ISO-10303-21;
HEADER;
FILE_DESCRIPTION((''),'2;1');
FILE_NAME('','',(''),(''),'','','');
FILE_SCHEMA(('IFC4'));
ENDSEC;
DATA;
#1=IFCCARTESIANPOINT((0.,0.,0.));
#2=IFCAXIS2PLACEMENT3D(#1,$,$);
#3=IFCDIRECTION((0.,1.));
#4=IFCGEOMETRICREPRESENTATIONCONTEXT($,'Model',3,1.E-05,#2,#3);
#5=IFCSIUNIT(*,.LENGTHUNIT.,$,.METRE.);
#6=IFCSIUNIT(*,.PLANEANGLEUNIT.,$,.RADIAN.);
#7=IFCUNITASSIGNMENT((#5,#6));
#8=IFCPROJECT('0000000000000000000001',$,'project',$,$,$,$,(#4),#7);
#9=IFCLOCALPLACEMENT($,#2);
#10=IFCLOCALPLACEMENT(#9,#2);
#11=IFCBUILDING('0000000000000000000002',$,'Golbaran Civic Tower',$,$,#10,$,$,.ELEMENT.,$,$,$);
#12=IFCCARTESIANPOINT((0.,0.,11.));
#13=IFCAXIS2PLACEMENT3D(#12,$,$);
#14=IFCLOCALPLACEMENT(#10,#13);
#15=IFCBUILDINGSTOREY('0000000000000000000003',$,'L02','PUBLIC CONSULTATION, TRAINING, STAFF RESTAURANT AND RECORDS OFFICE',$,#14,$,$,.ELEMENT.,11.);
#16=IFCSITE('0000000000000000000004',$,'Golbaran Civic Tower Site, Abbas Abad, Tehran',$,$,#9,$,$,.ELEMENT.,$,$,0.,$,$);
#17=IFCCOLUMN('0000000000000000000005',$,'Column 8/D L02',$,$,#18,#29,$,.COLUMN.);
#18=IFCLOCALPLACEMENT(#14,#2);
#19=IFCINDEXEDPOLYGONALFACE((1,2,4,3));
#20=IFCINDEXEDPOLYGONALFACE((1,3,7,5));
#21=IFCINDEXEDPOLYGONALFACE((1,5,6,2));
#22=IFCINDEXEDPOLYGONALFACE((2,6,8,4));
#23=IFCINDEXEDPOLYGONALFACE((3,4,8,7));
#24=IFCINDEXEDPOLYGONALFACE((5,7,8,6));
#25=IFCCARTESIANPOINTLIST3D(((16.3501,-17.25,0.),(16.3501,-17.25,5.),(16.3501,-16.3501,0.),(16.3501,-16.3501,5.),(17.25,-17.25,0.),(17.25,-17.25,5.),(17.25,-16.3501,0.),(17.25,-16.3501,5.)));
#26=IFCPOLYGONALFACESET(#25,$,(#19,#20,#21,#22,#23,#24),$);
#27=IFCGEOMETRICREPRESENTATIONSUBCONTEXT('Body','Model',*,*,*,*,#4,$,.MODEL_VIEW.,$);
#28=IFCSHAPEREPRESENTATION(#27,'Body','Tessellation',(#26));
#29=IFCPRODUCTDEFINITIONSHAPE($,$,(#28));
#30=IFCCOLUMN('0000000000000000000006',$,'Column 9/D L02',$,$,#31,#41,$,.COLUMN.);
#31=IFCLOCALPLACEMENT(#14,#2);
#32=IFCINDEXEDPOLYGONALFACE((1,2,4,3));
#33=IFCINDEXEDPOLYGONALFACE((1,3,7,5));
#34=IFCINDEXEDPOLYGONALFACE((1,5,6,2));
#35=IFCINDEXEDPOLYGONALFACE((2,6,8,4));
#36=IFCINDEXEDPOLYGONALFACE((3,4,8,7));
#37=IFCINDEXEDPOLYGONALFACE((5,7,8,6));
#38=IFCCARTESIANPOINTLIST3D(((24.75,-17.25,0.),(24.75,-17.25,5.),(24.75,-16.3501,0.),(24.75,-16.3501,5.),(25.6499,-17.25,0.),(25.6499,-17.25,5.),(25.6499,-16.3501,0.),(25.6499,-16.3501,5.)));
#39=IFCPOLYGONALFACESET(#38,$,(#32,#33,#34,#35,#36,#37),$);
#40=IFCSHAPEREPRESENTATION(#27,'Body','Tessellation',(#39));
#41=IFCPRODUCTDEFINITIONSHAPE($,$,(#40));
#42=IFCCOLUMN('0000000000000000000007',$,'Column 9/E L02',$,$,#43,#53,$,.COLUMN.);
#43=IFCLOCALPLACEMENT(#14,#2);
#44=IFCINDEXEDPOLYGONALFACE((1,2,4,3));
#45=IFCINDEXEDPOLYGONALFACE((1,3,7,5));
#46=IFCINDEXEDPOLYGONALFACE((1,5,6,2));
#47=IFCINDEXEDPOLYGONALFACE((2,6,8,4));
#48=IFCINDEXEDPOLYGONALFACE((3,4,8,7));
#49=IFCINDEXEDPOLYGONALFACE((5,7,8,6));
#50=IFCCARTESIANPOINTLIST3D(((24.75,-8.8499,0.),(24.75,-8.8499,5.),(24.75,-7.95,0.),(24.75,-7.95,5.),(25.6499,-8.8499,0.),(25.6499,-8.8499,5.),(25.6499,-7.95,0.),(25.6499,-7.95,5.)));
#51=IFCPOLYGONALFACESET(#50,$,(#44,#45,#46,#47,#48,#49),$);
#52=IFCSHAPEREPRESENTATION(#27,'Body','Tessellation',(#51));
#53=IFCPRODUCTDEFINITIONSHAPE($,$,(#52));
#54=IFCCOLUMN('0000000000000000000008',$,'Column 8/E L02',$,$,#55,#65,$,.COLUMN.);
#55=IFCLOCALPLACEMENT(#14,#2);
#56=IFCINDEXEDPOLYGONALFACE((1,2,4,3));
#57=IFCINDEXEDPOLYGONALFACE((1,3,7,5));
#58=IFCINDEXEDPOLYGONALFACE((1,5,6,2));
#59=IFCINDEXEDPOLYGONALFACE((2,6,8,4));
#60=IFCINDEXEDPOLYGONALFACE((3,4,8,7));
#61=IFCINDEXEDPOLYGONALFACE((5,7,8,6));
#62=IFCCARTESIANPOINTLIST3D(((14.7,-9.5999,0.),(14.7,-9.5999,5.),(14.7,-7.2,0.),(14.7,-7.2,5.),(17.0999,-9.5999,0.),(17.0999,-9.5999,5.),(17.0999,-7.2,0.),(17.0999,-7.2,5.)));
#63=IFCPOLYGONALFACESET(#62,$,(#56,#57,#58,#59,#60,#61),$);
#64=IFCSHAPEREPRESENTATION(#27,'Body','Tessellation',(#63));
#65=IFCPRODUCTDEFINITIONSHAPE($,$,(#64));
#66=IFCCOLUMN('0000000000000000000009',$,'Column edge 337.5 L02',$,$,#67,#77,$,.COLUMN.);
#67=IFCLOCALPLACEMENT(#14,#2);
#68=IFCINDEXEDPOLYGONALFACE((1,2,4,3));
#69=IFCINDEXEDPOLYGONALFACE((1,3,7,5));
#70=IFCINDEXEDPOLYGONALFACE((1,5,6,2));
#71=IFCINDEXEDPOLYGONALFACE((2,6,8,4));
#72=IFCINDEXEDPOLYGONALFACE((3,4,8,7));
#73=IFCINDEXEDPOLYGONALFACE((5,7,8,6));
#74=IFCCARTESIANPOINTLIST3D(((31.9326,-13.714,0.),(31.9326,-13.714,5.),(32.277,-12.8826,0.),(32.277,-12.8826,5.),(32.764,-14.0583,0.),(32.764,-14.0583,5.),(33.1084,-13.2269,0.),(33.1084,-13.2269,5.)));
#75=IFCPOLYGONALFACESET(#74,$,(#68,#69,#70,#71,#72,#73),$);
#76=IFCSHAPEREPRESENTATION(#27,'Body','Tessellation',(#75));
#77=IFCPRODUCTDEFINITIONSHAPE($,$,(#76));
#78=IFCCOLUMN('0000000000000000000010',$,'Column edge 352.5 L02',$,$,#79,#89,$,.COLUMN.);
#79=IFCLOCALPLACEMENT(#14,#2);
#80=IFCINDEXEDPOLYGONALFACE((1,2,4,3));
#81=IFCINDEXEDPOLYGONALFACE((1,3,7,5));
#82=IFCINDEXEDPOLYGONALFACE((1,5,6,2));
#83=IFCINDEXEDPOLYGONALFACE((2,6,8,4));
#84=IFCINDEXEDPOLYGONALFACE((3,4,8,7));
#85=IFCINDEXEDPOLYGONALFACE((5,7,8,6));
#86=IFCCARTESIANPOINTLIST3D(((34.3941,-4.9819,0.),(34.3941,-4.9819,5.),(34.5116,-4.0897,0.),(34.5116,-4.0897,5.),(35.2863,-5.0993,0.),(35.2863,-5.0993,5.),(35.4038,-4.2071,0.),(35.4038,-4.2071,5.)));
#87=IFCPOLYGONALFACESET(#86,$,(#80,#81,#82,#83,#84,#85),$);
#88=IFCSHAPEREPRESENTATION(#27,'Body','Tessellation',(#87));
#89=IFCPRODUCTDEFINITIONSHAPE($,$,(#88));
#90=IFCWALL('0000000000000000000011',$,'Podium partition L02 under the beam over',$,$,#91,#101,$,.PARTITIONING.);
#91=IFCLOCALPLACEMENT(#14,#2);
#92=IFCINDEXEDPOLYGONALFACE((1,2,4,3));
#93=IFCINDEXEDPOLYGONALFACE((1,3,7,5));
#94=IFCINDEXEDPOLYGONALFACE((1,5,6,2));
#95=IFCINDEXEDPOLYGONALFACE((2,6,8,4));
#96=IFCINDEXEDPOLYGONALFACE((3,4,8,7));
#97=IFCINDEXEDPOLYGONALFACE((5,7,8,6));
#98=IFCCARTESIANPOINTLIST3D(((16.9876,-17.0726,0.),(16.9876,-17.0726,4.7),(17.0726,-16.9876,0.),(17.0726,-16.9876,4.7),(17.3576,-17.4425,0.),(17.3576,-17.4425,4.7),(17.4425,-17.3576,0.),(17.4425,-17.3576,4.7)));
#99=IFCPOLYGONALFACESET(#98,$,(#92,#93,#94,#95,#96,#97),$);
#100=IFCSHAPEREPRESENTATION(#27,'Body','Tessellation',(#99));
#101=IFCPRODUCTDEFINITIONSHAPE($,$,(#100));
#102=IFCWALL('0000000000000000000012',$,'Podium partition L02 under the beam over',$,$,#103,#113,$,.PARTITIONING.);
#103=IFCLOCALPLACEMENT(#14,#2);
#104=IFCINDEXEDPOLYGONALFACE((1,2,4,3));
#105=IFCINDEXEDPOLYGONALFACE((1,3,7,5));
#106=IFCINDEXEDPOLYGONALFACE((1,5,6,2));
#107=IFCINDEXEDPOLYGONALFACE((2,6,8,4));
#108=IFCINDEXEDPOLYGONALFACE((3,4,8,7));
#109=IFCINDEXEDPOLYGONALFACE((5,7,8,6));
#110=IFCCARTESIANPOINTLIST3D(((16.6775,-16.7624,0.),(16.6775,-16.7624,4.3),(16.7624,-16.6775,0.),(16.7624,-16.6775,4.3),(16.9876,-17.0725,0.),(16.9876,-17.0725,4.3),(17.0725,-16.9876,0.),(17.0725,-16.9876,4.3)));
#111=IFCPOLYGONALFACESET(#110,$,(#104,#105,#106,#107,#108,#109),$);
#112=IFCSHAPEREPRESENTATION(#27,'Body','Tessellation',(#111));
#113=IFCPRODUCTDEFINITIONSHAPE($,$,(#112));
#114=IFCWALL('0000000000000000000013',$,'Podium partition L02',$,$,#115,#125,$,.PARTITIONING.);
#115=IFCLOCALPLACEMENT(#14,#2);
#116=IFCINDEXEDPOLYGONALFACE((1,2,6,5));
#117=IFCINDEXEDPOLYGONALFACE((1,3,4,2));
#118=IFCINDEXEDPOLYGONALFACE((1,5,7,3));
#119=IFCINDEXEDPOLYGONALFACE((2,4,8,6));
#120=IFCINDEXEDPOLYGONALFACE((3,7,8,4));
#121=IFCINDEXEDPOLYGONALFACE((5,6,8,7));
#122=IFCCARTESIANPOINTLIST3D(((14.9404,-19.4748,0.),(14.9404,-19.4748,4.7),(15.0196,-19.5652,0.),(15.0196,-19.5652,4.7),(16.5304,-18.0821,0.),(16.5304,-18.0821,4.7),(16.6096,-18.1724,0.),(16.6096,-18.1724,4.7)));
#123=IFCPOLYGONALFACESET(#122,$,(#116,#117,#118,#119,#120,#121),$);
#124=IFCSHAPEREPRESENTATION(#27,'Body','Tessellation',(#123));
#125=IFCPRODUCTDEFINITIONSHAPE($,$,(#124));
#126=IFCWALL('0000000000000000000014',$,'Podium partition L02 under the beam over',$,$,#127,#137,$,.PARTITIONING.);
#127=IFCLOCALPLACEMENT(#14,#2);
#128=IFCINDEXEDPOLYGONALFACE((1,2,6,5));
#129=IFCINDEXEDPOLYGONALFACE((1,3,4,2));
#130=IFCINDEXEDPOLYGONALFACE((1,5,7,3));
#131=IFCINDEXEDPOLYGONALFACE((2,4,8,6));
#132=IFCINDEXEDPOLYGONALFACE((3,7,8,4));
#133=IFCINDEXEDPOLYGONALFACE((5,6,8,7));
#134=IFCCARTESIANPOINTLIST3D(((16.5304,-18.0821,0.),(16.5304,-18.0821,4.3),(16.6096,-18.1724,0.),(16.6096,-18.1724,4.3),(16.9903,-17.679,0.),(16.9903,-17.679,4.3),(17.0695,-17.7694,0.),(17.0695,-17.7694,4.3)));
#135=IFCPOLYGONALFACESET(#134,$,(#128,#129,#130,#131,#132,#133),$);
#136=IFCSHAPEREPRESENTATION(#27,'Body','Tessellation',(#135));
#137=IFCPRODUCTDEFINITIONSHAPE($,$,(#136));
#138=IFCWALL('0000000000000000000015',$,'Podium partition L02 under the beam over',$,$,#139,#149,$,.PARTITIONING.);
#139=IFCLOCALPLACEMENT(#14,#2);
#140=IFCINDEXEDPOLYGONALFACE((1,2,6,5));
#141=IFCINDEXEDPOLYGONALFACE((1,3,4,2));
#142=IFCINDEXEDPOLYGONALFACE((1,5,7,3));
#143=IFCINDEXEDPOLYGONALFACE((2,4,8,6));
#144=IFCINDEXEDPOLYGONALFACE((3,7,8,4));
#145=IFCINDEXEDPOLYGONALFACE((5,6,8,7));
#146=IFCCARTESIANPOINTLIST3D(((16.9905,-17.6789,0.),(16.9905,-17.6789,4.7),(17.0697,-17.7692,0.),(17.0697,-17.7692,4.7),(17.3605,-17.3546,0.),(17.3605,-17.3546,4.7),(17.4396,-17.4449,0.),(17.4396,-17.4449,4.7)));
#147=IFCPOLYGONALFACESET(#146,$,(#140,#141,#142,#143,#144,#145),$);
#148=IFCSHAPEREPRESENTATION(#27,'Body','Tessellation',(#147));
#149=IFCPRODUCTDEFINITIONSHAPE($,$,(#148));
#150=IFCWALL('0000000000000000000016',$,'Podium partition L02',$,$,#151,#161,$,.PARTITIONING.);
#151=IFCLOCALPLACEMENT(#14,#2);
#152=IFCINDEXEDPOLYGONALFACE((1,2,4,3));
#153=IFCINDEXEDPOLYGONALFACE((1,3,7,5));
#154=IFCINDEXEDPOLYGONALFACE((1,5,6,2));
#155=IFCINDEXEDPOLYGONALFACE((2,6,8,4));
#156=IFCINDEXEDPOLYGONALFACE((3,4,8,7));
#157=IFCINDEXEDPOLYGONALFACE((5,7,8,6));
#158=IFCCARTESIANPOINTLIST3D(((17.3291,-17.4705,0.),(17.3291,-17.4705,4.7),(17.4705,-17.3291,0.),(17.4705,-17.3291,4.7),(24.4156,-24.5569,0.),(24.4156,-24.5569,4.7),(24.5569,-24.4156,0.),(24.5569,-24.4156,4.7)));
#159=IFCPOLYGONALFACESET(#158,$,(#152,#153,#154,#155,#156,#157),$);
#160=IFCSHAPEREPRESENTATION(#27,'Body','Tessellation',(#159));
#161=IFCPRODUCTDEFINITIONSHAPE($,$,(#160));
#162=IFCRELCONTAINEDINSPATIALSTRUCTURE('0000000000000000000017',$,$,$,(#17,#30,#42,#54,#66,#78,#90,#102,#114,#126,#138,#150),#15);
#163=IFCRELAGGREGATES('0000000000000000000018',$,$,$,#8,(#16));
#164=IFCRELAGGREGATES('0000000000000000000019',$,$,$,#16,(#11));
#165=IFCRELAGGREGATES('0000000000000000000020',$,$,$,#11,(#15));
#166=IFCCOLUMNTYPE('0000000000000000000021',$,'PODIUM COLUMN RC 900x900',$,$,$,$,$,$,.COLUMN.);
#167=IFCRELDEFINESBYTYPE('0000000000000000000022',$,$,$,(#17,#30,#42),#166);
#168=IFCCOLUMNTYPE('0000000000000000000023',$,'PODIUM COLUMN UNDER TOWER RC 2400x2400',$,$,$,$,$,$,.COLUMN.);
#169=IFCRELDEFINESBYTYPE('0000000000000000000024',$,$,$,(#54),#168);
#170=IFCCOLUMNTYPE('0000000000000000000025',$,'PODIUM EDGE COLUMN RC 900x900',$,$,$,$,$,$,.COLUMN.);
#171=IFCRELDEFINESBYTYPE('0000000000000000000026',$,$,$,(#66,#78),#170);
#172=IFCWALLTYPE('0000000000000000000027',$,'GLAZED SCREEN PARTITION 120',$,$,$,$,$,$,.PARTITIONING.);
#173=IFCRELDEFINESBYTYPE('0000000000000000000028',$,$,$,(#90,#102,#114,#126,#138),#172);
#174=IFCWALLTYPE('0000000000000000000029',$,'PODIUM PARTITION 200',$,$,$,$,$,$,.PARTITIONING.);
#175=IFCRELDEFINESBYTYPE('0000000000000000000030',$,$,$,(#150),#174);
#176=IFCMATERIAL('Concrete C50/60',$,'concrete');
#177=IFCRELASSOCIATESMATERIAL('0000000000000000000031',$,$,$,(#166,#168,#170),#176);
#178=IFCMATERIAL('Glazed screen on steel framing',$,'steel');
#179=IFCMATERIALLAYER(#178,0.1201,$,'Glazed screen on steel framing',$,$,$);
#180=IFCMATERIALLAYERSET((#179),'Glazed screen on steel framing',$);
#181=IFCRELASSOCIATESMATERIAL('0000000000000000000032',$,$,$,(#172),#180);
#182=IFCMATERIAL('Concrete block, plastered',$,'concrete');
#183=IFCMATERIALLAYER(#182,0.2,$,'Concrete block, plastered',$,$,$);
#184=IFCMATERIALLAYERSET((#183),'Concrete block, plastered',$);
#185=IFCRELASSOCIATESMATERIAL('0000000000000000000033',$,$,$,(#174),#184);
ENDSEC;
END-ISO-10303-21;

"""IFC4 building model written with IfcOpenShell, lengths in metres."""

from ifc_helpers import new_model, si_unit, direction, frame, frame_2d, origin, origin_2d, place, context, subcontext, project, spatial, rectangle, extrude, material, layer, layer_set, material_profile, profile_set, type_object, element, save


model = new_model("IFC4")

# Units and contexts
model_context = context("Model", 3, precision=1e-05, world=origin(), true_north=direction((0.0, 1.0)))
body_context = subcontext(model_context, "Body", "Model", "MODEL_VIEW")
ifc_project = project(units=[si_unit("LENGTHUNIT", "METRE"), si_unit("PLANEANGLEUNIT", "RADIAN")], contexts=[model_context])

# Site, building, storey
site_placement = place(None, origin())
site = spatial("IfcSite", under=ifc_project, at=site_placement, Name="Golbaran Civic Tower Site, Abbas Abad, Tehran", CompositionType="ELEMENT", RefElevation=0.0)
building_placement = place(site_placement, origin())
building = spatial("IfcBuilding", under=site, at=building_placement, Name="Golbaran Civic Tower", CompositionType="ELEMENT")
storey_placement = place(building_placement, frame((0.0, 0.0, 11.0)))
storey = spatial("IfcBuildingStorey", under=building, at=storey_placement, Name="L02", Description="PUBLIC CONSULTATION, TRAINING, STAFF RESTAURANT AND RECORDS OFFICE", CompositionType="ELEMENT", Elevation=11.0)

# Columns
ifc_material_1 = material(Name="Concrete C50/60", Category="concrete")
ifc_material_profile_1 = material_profile(ifc_material_1, rectangle(XDim=0.8999, YDim=0.8999, at=origin_2d()), Name="RC 900x900")
ifc_profile_set_1 = profile_set([ifc_material_profile_1], Name="Concrete C50/60")
column_type_1 = type_object("IfcColumnType", Name="PODIUM COLUMN RC 900x900", PredefinedType="COLUMN", material=ifc_profile_set_1)
for number, where, z_axis, x_axis, name in (
    (1, (16.8, -16.8, 0.0), (0.0, 0.0, 1.0), (1.0, 0.0, 0.0), "Column 8/D L02"),
    (2, (25.2, -16.8, 0.0), (0.0, 0.0, 1.0), (1.0, 0.0, 0.0), "Column 9/D L02"),
    (3, (25.2, -8.3999, 0.0), (0.0, 0.0, 1.0), (1.0, 0.0, 0.0), "Column 9/E L02"),
):
    element("IfcColumn", number, at=place(storey_placement, frame(where, z_axis=z_axis, x_axis=x_axis)), inside=storey, type_object=column_type_1, Name=name, PredefinedType="COLUMN", context=body_context, shape_type="SweptSolid", body=[
        extrude(rectangle(XDim=0.8999, YDim=0.8999, at=origin_2d()), origin(), (0.0, 0.0, 1.0), 5.0),
    ])
ifc_material_profile_2 = material_profile(ifc_material_1, rectangle(XDim=2.3999, YDim=2.3999, at=origin_2d()), Name="RC 2400x2400")
ifc_profile_set_2 = profile_set([ifc_material_profile_2], Name="Concrete C50/60")
column_type_2 = type_object("IfcColumnType", Name="PODIUM COLUMN UNDER TOWER RC 2400x2400", PredefinedType="COLUMN", material=ifc_profile_set_2)
column_placement = place(storey_placement, frame((15.8999, -8.3999, 0.0), z_axis=(0.0, 0.0, 1.0), x_axis=(1.0, 0.0, 0.0)))
element("IfcColumn", 4, at=column_placement, inside=storey, type_object=column_type_2, Name="Column 8/E L02", PredefinedType="COLUMN", context=body_context, shape_type="SweptSolid", body=[
    extrude(rectangle(XDim=2.3999, YDim=2.3999, at=origin_2d()), origin(), (0.0, 0.0, 1.0), 5.0),
])
ifc_material_profile_3 = material_profile(ifc_material_1, rectangle(XDim=0.8999, YDim=0.8999, at=origin_2d()), Name="RC 900x900")
ifc_profile_set_3 = profile_set([ifc_material_profile_3], Name="Concrete C50/60")
column_type_3 = type_object("IfcColumnType", Name="PODIUM EDGE COLUMN RC 900x900", PredefinedType="COLUMN", material=ifc_profile_set_3)
for number, where, z_axis, x_axis, name in (
    (5, (32.5205, -13.4705, 0.0), (0.0, 0.0, 1.0), (0.92388, -0.382683, 0.0), "Column edge 337.5 L02"),
    (6, (34.8989, -4.5945, 0.0), (0.0, 0.0, 1.0), (0.991445, -0.130526, 0.0), "Column edge 352.5 L02"),
):
    element("IfcColumn", number, at=place(storey_placement, frame(where, z_axis=z_axis, x_axis=x_axis)), inside=storey, type_object=column_type_3, Name=name, PredefinedType="COLUMN", context=body_context, shape_type="SweptSolid", body=[
        extrude(rectangle(XDim=0.8999, YDim=0.8999, at=origin_2d()), origin(), (0.0, 0.0, 1.0), 5.0),
    ])

# Walls
ifc_material_2 = material(Name="Glazed screen on steel framing", Category="steel")
ifc_layer_1 = layer(ifc_material_2, 0.1201, Name="Glazed screen on steel framing")
ifc_layer_set_1 = layer_set([ifc_layer_1], Name="Glazed screen on steel framing")
wall_type_1 = type_object("IfcWallType", Name="GLAZED SCREEN PARTITION 120", PredefinedType="PARTITIONING", material=ifc_layer_set_1)
wall_1_placement = place(storey_placement, frame((17.03, -17.03, 0.0), z_axis=(0.0, 0.0, 1.0), x_axis=(0.707107, -0.707107, 0.0)))
element("IfcWall", 7, at=wall_1_placement, inside=storey, type_object=wall_type_1, Name="Podium partition L02 under the beam over", PredefinedType="PARTITIONING", context=body_context, shape_type="SweptSolid", body=[
    extrude(rectangle(XDim=0.5232, YDim=0.1201, at=frame_2d((0.2617, 0.0))), origin(), (0.0, 0.0, 1.0), 4.7),
])
wall_2_placement = place(storey_placement, frame((16.72, -16.72, 0.0), z_axis=(0.0, 0.0, 1.0), x_axis=(0.707107, -0.707107, 0.0)))
element("IfcWall", 8, at=wall_2_placement, inside=storey, type_object=wall_type_1, Name="Podium partition L02 under the beam over", PredefinedType="PARTITIONING", context=body_context, shape_type="SweptSolid", body=[
    extrude(rectangle(XDim=0.4385, YDim=0.1201, at=frame_2d((0.2192, 0.0))), origin(), (0.0, 0.0, 1.0), 4.3),
])
wall_3_placement = place(storey_placement, frame((14.98, -19.52, 0.0), z_axis=(0.0, 0.0, 1.0), x_axis=(0.752226, 0.658905, 0.0)))
element("IfcWall", 9, at=wall_3_placement, inside=storey, type_object=wall_type_1, Name="Podium partition L02", PredefinedType="PARTITIONING", context=body_context, shape_type="SweptSolid", body=[
    extrude(rectangle(XDim=2.1138, YDim=0.1201, at=frame_2d((1.0569, 0.0))), origin(), (0.0, 0.0, 1.0), 4.7),
])
wall_4_placement = place(storey_placement, frame((16.5701, -18.1272, 0.0), z_axis=(0.0, 0.0, 1.0), x_axis=(0.752082, 0.65907, 0.0)))
element("IfcWall", 10, at=wall_4_placement, inside=storey, type_object=wall_type_1, Name="Podium partition L02 under the beam over", PredefinedType="PARTITIONING", context=body_context, shape_type="SweptSolid", body=[
    extrude(rectangle(XDim=0.6116, YDim=0.1201, at=frame_2d((0.3057, 0.0))), origin(), (0.0, 0.0, 1.0), 4.3),
])
wall_5_placement = place(storey_placement, frame((17.03, -17.7241, 0.0), z_axis=(0.0, 0.0, 1.0), x_axis=(0.751992, 0.659172, 0.0)))
element("IfcWall", 11, at=wall_5_placement, inside=storey, type_object=wall_type_1, Name="Podium partition L02 under the beam over", PredefinedType="PARTITIONING", context=body_context, shape_type="SweptSolid", body=[
    extrude(rectangle(XDim=0.4919, YDim=0.1201, at=frame_2d((0.2461, 0.0))), origin(), (0.0, 0.0, 1.0), 4.7),
])
ifc_material_3 = material(Name="Concrete block, plastered", Category="concrete")
ifc_layer_2 = layer(ifc_material_3, 0.2, Name="Concrete block, plastered")
ifc_layer_set_2 = layer_set([ifc_layer_2], Name="Concrete block, plastered")
wall_type_2 = type_object("IfcWallType", Name="PODIUM PARTITION 200", PredefinedType="PARTITIONING", material=ifc_layer_set_2)
wall_6_placement = place(storey_placement, frame((17.3999, -17.3999, 0.0), z_axis=(0.0, 0.0, 1.0), x_axis=(0.707107, -0.707107, 0.0)))
element("IfcWall", 12, at=wall_6_placement, inside=storey, type_object=wall_type_2, Name="Podium partition L02", PredefinedType="PARTITIONING", context=body_context, shape_type="SweptSolid", body=[
    extrude(rectangle(XDim=10.0217, YDim=0.2, at=frame_2d((5.0107, 0.0))), origin(), (0.0, 0.0, 1.0), 4.7),
])

save(model, "model.ifc")
